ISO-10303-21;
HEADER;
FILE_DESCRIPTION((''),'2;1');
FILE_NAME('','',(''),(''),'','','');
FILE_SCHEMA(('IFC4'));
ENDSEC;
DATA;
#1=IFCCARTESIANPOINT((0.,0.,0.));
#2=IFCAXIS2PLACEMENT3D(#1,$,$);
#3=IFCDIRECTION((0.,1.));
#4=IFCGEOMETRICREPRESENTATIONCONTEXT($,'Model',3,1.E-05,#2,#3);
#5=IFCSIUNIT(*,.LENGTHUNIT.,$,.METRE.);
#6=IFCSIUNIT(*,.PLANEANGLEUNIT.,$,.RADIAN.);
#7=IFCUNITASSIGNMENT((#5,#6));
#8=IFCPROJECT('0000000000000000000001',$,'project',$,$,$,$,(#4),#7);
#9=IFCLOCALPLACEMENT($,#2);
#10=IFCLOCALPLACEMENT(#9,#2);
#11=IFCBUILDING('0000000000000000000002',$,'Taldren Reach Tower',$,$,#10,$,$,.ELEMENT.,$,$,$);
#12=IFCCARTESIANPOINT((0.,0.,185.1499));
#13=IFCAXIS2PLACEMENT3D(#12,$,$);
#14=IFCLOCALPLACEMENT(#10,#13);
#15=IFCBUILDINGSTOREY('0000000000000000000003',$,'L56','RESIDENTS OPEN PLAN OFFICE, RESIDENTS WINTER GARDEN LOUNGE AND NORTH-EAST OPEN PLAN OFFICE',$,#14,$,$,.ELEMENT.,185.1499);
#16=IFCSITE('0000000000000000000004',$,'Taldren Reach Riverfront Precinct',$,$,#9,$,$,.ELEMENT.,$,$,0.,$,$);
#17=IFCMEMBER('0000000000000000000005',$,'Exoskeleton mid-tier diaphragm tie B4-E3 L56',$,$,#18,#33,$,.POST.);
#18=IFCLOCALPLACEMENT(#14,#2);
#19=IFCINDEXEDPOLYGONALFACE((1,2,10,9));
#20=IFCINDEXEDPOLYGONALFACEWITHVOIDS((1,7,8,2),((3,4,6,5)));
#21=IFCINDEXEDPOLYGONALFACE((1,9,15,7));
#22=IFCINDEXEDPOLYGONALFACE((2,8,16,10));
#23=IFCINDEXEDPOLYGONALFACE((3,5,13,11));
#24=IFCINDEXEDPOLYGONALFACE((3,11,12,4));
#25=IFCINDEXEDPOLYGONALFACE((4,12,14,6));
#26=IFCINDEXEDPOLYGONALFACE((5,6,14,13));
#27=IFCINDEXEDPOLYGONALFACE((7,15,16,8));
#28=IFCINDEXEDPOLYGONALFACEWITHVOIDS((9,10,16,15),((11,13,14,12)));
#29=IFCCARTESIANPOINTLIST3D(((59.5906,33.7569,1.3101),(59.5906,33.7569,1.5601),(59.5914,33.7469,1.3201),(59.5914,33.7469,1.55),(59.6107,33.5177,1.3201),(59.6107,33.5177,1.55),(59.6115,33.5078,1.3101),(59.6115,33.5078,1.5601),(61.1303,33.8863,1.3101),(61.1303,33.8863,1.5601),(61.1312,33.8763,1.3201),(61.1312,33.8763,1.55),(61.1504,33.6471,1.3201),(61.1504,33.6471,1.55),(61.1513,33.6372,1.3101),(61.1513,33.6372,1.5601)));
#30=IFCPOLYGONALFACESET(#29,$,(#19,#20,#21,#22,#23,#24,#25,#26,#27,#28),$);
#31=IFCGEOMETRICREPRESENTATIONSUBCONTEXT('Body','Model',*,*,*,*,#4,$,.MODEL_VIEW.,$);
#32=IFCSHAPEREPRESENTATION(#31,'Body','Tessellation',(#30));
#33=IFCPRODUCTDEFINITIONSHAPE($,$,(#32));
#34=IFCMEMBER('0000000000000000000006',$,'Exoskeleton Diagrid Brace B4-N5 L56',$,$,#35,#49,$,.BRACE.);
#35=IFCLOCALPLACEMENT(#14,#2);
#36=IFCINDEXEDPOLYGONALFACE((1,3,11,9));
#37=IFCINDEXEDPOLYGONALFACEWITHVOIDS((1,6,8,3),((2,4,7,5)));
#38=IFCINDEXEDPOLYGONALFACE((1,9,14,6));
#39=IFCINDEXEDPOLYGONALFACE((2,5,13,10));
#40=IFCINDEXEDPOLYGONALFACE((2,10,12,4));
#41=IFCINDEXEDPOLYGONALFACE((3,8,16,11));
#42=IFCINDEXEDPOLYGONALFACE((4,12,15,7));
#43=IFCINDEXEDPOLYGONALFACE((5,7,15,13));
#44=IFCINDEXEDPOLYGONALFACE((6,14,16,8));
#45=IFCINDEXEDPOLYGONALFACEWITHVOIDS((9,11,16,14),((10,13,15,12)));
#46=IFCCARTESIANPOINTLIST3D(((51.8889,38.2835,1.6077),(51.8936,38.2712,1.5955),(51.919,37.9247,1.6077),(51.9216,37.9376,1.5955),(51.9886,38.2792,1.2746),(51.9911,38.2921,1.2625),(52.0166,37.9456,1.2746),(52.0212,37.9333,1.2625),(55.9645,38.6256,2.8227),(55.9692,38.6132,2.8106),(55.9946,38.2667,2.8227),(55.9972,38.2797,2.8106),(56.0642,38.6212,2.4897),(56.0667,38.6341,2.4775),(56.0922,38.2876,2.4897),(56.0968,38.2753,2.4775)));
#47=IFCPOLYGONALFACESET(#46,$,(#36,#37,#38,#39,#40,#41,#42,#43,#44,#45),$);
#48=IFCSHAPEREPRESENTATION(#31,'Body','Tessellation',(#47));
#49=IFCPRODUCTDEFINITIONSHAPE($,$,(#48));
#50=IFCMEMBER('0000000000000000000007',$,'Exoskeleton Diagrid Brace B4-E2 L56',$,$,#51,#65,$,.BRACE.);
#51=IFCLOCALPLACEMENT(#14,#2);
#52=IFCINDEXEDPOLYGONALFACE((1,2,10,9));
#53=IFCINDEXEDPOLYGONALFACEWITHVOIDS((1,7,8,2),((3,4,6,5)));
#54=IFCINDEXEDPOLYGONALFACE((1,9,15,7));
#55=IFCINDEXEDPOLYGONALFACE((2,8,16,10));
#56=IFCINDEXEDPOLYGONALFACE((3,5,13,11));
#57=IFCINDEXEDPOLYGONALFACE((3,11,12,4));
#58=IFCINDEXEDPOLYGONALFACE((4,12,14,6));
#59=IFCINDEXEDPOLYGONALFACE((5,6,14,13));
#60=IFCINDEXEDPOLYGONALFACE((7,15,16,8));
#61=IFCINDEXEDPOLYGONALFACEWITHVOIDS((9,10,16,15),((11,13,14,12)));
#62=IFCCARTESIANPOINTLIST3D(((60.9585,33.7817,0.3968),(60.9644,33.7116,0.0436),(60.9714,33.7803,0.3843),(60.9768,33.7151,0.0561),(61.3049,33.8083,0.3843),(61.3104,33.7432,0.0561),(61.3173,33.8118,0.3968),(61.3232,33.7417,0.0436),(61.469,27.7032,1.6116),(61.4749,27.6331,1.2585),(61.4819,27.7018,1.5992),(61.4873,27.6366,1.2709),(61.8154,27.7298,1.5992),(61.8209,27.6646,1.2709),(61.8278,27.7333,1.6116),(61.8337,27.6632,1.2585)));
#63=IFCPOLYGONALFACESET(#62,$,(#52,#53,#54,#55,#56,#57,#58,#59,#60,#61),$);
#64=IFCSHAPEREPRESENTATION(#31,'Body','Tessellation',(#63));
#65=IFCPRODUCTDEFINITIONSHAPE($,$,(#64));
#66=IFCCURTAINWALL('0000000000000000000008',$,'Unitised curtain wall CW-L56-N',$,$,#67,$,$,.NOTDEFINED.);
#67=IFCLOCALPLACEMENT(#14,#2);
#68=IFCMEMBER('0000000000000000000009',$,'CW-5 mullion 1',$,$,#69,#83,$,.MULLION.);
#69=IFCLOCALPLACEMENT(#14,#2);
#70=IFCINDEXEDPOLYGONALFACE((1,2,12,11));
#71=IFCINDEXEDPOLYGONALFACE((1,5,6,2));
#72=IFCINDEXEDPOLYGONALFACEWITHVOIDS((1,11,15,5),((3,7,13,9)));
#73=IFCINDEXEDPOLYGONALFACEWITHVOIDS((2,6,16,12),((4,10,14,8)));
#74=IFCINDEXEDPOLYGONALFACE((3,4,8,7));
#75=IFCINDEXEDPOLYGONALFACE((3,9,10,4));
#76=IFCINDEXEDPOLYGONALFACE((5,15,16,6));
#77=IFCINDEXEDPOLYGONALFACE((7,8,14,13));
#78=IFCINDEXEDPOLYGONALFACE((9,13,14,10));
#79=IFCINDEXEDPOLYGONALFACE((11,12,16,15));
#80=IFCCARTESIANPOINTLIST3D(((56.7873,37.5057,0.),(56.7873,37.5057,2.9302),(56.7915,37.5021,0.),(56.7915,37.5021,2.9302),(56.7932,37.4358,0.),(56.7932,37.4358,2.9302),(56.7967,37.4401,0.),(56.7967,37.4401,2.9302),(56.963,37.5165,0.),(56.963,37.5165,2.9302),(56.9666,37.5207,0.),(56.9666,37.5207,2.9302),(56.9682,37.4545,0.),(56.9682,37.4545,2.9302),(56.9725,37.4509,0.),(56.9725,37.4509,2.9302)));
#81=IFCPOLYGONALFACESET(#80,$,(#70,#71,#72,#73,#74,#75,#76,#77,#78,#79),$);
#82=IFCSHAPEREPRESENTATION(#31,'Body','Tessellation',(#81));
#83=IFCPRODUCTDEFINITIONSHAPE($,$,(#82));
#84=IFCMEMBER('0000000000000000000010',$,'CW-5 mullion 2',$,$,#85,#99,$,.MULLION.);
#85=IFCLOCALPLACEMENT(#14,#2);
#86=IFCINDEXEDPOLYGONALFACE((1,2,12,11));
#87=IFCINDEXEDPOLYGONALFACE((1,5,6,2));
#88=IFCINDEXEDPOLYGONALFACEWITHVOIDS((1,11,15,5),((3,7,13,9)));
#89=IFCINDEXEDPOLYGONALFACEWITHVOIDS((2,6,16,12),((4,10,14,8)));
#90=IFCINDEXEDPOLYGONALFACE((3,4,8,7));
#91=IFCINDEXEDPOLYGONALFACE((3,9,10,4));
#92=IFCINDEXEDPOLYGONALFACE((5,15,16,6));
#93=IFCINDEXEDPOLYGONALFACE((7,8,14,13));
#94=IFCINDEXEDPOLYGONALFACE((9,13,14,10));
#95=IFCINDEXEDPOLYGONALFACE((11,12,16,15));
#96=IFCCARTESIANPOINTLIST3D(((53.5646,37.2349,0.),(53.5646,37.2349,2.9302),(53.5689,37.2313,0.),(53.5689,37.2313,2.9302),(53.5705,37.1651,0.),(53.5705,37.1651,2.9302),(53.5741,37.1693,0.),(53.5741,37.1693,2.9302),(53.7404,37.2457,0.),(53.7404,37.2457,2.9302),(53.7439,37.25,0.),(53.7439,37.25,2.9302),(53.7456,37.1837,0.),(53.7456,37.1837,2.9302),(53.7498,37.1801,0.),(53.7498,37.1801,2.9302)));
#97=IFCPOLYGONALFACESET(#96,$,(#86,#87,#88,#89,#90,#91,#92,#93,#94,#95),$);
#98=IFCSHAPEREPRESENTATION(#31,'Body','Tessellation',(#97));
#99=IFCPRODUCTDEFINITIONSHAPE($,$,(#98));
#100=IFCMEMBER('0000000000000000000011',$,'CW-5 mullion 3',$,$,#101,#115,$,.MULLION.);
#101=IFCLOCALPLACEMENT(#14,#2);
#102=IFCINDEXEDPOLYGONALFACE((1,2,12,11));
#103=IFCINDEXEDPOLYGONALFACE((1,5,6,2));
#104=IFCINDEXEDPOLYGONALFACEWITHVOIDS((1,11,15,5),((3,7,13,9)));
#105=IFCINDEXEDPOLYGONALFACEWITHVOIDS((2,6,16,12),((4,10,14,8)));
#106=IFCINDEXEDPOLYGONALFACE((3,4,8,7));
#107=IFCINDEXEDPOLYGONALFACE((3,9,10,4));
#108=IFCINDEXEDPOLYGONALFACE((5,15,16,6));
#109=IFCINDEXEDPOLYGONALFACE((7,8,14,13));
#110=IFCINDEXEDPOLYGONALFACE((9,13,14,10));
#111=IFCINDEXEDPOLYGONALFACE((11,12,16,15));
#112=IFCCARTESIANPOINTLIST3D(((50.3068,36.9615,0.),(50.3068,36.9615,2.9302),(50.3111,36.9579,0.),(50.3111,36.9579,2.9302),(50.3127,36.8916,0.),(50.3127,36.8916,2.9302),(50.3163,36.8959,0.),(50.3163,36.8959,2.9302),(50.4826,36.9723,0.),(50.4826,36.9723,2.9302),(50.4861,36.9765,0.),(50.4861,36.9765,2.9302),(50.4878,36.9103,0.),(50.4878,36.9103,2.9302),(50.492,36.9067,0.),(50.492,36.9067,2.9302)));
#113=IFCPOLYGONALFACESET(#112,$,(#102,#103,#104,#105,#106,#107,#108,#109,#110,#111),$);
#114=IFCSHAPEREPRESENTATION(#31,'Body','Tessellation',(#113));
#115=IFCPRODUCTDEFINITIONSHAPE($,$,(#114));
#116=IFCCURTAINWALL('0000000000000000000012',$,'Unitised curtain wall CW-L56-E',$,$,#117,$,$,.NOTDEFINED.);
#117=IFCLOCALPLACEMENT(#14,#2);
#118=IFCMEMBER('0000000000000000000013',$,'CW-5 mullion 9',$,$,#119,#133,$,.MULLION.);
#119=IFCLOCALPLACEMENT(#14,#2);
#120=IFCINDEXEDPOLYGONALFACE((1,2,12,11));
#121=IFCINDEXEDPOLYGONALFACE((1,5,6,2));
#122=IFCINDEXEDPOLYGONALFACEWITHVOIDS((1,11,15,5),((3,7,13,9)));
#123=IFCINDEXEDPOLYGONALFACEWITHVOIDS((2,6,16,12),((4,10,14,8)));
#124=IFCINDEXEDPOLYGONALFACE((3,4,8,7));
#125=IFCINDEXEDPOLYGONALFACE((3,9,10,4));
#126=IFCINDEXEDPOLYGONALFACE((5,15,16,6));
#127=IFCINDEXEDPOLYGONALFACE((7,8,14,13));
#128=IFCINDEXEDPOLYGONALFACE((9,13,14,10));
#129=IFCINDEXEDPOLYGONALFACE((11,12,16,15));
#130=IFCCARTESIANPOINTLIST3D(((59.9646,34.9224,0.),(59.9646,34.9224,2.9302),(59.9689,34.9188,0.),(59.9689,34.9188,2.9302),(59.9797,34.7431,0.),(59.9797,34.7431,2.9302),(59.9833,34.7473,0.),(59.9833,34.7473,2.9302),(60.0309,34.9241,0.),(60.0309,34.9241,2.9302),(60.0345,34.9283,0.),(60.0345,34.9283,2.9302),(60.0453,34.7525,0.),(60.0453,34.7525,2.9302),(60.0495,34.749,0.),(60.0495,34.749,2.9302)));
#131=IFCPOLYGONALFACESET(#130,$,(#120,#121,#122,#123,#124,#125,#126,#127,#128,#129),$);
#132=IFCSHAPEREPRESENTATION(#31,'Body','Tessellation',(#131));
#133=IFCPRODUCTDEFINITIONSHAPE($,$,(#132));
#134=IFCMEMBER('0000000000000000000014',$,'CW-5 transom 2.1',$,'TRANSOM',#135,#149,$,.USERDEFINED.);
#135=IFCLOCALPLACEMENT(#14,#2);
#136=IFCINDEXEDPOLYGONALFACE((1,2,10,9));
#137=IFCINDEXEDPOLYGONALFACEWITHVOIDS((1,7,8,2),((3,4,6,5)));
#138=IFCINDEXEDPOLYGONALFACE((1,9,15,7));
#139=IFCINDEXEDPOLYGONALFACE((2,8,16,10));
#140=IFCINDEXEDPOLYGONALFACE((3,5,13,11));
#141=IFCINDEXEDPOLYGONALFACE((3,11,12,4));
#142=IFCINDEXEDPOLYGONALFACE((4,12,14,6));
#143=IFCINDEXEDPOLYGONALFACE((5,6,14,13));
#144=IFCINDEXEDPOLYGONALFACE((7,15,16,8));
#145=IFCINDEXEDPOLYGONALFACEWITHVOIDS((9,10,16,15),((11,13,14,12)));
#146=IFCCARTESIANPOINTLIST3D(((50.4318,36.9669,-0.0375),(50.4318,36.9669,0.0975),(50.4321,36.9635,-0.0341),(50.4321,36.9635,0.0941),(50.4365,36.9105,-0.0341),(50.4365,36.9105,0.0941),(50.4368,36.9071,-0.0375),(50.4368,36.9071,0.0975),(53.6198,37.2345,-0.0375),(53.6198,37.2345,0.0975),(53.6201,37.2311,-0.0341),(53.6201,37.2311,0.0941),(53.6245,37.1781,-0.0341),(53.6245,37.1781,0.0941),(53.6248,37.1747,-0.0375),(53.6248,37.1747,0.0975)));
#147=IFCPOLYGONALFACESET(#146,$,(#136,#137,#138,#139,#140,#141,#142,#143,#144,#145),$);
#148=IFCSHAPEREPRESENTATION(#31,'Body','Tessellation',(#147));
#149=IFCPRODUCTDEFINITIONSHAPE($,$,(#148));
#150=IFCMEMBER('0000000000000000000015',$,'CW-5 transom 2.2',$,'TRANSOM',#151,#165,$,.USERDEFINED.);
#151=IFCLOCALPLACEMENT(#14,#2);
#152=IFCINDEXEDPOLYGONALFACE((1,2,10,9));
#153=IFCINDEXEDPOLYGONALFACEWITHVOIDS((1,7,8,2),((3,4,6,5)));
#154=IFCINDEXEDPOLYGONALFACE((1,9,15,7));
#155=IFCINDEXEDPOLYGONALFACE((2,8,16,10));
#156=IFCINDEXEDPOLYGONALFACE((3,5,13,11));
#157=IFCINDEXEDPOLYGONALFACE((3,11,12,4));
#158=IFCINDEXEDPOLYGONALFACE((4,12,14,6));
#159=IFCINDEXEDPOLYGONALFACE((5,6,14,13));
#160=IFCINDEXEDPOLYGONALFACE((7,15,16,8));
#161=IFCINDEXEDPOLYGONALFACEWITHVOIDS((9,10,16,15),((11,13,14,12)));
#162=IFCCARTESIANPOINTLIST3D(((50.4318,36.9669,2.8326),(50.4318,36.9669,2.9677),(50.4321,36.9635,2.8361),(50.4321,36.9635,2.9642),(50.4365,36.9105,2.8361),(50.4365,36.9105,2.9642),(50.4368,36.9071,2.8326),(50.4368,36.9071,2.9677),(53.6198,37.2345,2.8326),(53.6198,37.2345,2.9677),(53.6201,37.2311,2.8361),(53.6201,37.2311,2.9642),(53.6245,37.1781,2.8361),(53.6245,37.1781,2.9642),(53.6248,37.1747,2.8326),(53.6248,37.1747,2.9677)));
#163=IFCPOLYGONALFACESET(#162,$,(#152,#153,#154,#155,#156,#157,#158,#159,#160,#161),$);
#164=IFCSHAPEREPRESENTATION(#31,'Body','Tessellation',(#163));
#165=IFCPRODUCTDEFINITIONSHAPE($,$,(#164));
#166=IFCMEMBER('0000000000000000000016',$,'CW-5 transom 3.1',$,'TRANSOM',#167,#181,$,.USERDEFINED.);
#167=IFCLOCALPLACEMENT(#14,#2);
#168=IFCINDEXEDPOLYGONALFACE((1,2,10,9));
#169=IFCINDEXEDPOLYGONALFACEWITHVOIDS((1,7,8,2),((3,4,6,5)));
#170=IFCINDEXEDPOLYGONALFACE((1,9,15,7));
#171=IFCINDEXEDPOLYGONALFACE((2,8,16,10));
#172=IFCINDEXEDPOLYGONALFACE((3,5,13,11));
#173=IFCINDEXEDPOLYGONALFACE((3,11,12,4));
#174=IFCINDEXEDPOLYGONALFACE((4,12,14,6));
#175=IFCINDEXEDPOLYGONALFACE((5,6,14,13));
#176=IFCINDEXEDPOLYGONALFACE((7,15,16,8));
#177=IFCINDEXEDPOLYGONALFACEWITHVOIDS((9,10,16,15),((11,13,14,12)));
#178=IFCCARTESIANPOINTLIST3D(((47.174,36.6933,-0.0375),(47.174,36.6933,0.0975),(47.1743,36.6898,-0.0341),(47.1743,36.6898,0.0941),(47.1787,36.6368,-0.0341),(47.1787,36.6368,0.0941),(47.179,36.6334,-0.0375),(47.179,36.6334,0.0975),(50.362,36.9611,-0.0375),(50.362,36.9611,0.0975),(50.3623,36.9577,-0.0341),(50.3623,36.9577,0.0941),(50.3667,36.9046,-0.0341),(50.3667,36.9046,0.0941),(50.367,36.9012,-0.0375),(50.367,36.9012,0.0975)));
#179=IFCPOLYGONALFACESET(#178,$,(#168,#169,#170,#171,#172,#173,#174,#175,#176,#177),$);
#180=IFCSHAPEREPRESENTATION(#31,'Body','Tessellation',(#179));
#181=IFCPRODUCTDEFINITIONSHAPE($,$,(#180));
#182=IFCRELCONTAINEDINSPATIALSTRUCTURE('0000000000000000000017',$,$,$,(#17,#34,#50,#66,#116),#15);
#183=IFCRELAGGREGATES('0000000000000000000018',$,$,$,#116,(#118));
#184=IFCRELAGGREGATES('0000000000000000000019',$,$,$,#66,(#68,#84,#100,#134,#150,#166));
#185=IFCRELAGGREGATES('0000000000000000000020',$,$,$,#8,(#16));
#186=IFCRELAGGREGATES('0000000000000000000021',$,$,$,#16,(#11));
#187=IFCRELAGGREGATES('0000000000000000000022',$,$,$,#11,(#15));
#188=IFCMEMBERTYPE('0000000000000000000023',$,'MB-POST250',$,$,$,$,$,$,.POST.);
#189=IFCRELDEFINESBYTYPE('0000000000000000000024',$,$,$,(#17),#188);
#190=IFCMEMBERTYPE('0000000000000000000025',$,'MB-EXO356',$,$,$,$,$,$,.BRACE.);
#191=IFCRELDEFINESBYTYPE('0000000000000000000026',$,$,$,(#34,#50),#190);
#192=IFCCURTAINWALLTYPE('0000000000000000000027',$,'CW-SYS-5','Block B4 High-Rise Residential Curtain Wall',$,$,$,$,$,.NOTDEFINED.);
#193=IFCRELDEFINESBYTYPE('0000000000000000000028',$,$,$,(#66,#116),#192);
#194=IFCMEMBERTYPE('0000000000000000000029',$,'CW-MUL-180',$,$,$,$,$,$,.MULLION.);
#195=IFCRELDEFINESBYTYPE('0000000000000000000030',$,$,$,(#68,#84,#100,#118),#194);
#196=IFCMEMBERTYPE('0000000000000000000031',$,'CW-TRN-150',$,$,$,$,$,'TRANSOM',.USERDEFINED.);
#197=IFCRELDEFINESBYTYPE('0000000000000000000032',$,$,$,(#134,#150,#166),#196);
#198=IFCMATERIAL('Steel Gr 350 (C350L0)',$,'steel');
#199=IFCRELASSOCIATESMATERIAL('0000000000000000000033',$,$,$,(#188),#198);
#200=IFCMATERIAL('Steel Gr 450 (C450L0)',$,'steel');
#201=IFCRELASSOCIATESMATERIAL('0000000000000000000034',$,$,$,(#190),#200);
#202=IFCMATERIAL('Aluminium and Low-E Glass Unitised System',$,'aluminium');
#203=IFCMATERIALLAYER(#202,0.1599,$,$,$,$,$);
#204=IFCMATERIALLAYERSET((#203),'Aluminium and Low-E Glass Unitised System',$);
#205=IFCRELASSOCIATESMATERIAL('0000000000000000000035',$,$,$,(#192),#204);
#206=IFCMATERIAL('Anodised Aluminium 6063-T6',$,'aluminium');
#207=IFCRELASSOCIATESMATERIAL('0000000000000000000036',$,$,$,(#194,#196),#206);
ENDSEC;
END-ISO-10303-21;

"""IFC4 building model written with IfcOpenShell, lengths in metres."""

from ifc_helpers import new_model, si_unit, direction, frame, origin, origin_2d, place, context, subcontext, project, spatial, hollow_rectangle, extrude, source, transform, mapped, material, layer, layer_set, material_profile, profile_set, type_object, element, aggregate, save


model = new_model("IFC4")

# Units and contexts
model_context = context("Model", 3, precision=1e-05, world=origin(), true_north=direction((0.0, 1.0)))
body_context = subcontext(model_context, "Body", "Model", "MODEL_VIEW")
ifc_project = project(units=[si_unit("LENGTHUNIT", "METRE"), si_unit("PLANEANGLEUNIT", "RADIAN")], contexts=[model_context])

# Site, building, storey
site_placement = place(None, origin())
site = spatial("IfcSite", under=ifc_project, at=site_placement, Name="Taldren Reach Riverfront Precinct", CompositionType="ELEMENT", RefElevation=0.0)
building_placement = place(site_placement, origin())
building = spatial("IfcBuilding", under=site, at=building_placement, Name="Taldren Reach Tower", CompositionType="ELEMENT")
storey_placement = place(building_placement, frame((0.0, 0.0, 185.1499)))
storey = spatial("IfcBuildingStorey", under=building, at=storey_placement, Name="L56", Description="RESIDENTS OPEN PLAN OFFICE, RESIDENTS WINTER GARDEN LOUNGE AND NORTH-EAST OPEN PLAN OFFICE", CompositionType="ELEMENT", Elevation=185.1499)

# Shared definitions
ifc_material_1 = material(Name="Steel Gr 350 (C350L0)", Category="steel")

# Shared definitions
ifc_material_profile_1 = material_profile(ifc_material_1, hollow_rectangle(XDim=0.25, YDim=0.25, WallThickness=0.01, at=origin_2d()), Name="250x250x10.0SHS")
ifc_profile_set_1 = profile_set([ifc_material_profile_1], Name="Steel Gr 350 (C350L0)")
member_type_1 = type_object("IfcMemberType", Name="MB-POST250", PredefinedType="POST", material=ifc_profile_set_1)

# Members
ifc_material_2 = material(Name="Steel Gr 450 (C450L0)", Category="steel")
shared_shape_1 = source(origin(), body_context, "Body", "SweptSolid", [
    extrude(hollow_rectangle(XDim=0.25, YDim=0.25, WallThickness=0.01, at=origin_2d()), origin(), (0.0, 0.0, 1.0), 1.5452),
])
for number, where, z_axis, x_axis, name in (
    (1, (59.6011, 33.6323, 1.4351), (0.996488, 0.083738, 0.0), (-0.083738, 0.996488, 0.0), "Exoskeleton mid-tier diaphragm tie B4-E3 L56"),
):
    element("IfcMember", number, at=place(storey_placement, frame(where, z_axis=z_axis, x_axis=x_axis)), inside=storey, type_object=member_type_1, Name=name, PredefinedType="POST", context=body_context, shape_type="MappedRepresentation", body=[
        mapped(shared_shape_1, transform((0.0, 0.0, 0.0), scale=1.0)),
    ])
ifc_material_profile_2 = material_profile(ifc_material_2, hollow_rectangle(XDim=0.3601, YDim=0.3601, WallThickness=0.0127, at=origin_2d()), Name="360x360x12.7SHS")
ifc_profile_set_2 = profile_set([ifc_material_profile_2], Name="Steel Gr 450 (C450L0)")
member_type_2 = type_object("IfcMemberType", Name="MB-EXO356", PredefinedType="BRACE", material=ifc_profile_set_2)
shared_shape_2 = source(origin(), body_context, "Body", "SweptSolid", [
    extrude(hollow_rectangle(XDim=0.3601, YDim=0.3601, WallThickness=0.0127, at=origin_2d()), origin(), (0.0, 0.0, 1.0), 4.2666),
])
member_1_placement = place(storey_placement, frame((51.9551, 38.1084, 1.4351), z_axis=(0.955234, 0.080165, 0.284785), x_axis=(-0.083628, 0.996497, 0.0)))
element("IfcMember", 2, at=member_1_placement, inside=storey, type_object=member_type_2, Name="Exoskeleton Diagrid Brace B4-N5 L56", PredefinedType="BRACE", context=body_context, shape_type="MappedRepresentation", body=[
    mapped(shared_shape_2, transform((0.0, 0.0, 0.0), scale=1.0)),
])
shared_shape_3 = source(origin(), body_context, "Body", "SweptSolid", [
    extrude(hollow_rectangle(XDim=0.3601, YDim=0.3601, WallThickness=0.0127, at=origin_2d()), origin(), (0.0, 0.0, 1.0), 6.2197),
])
member_2_placement = place(storey_placement, frame((61.1409, 33.7617, 0.2202), z_axis=(0.082076, -0.977299, 0.195319), x_axis=(0.996492, 0.083688, 0.0)))
element("IfcMember", 3, at=member_2_placement, inside=storey, type_object=member_type_2, Name="Exoskeleton Diagrid Brace B4-E2 L56", PredefinedType="BRACE", context=body_context, shape_type="MappedRepresentation", body=[
    mapped(shared_shape_3, transform((0.0, 0.0, 0.0), scale=1.0)),
])

# Curtain wall, members
ifc_material_3 = material(Name="Aluminium and Low-E Glass Unitised System", Category="aluminium")
ifc_layer_1 = layer(ifc_material_3, 0.1599)
ifc_layer_set_1 = layer_set([ifc_layer_1], Name="Aluminium and Low-E Glass Unitised System")
curtain_wall_type = type_object("IfcCurtainWallType", Name="CW-SYS-5", Description="Block B4 High-Rise Residential Curtain Wall", PredefinedType="NOTDEFINED", material=ifc_layer_set_1)
curtain_wall_1_placement = place(storey_placement, origin())
curtain_wall_1 = element("IfcCurtainWall", 4, at=curtain_wall_1_placement, inside=storey, type_object=curtain_wall_type, Name="Unitised curtain wall CW-L56-N", PredefinedType="NOTDEFINED")
ifc_material_4 = material(Name="Anodised Aluminium 6063-T6", Category="aluminium")
ifc_material_profile_3 = material_profile(ifc_material_4, hollow_rectangle(XDim=0.0701, YDim=0.1799, WallThickness=0.0039, at=origin_2d()), Name="ALU-180x70x4RHS")
ifc_profile_set_3 = profile_set([ifc_material_profile_3], Name="Anodised Aluminium 6063-T6")
member_type_3 = type_object("IfcMemberType", Name="CW-MUL-180", PredefinedType="MULLION", material=ifc_profile_set_3)
shared_shape_4 = source(origin(), body_context, "Body", "SweptSolid", [
    extrude(hollow_rectangle(XDim=0.0701, YDim=0.1799, WallThickness=0.0039, at=origin_2d()), origin(), (0.0, 0.0, 1.0), 2.9302),
])
member_3_placement = place(storey_placement, frame((56.8799, 37.4783, 0.0), z_axis=(0.0, 0.0, 1.0), x_axis=(0.083678, -0.996493, 0.0)))
member_3 = element("IfcMember", 5, at=member_3_placement, type_object=member_type_3, Name="CW-5 mullion 1", PredefinedType="MULLION", context=body_context, shape_type="MappedRepresentation", body=[
    mapped(shared_shape_4, transform((0.0, 0.0, 0.0), scale=1.0)),
])
member_4_placement = place(storey_placement, frame((53.6572, 37.2075, 0.0), z_axis=(0.0, 0.0, 1.0), x_axis=(0.083678, -0.996493, 0.0)))
member_4 = element("IfcMember", 6, at=member_4_placement, type_object=member_type_3, Name="CW-5 mullion 2", PredefinedType="MULLION", context=body_context, shape_type="MappedRepresentation", body=[
    mapped(shared_shape_4, transform((0.0, 0.0, 0.0), scale=1.0)),
])
member_5_placement = place(storey_placement, frame((50.3994, 36.9341, 0.0), z_axis=(0.0, 0.0, 1.0), x_axis=(0.083678, -0.996493, 0.0)))
member_5 = element("IfcMember", 7, at=member_5_placement, type_object=member_type_3, Name="CW-5 mullion 3", PredefinedType="MULLION", context=body_context, shape_type="MappedRepresentation", body=[
    mapped(shared_shape_4, transform((0.0, 0.0, 0.0), scale=1.0)),
])

# Curtain wall, member
curtain_wall_2_placement = place(storey_placement, origin())
curtain_wall_2 = element("IfcCurtainWall", 8, at=curtain_wall_2_placement, inside=storey, type_object=curtain_wall_type, Name="Unitised curtain wall CW-L56-E", PredefinedType="NOTDEFINED")
member_6_placement = place(storey_placement, frame((60.0071, 34.8357, 0.0), z_axis=(0.0, 0.0, 1.0), x_axis=(-0.996493, -0.083678, 0.0)))
member_6 = element("IfcMember", 9, at=member_6_placement, type_object=member_type_3, Name="CW-5 mullion 9", PredefinedType="MULLION", context=body_context, shape_type="MappedRepresentation", body=[
    mapped(shared_shape_4, transform((0.0, 0.0, 0.0), scale=1.0)),
])
aggregate(curtain_wall_2, [member_6])

# Members
ifc_material_profile_4 = material_profile(ifc_material_4, hollow_rectangle(XDim=0.0601, YDim=0.135, WallThickness=0.0034, at=origin_2d()), Name="ALU-135x60x3.5RHS")
ifc_profile_set_4 = profile_set([ifc_material_profile_4], Name="Anodised Aluminium 6063-T6")
member_type_4 = type_object("IfcMemberType", Name="CW-TRN-150", ElementType="TRANSOM", PredefinedType="USERDEFINED", material=ifc_profile_set_4)
shared_shape_5 = source(origin(), body_context, "Body", "SweptSolid", [
    extrude(hollow_rectangle(XDim=0.0601, YDim=0.135, WallThickness=0.0034, at=origin_2d()), origin(), (0.0, 0.0, 1.0), 3.1992),
])
member_7_placement = place(storey_placement, frame((53.6223, 37.2046, 0.03), z_axis=(-0.996496, -0.083639, 0.0), x_axis=(0.083639, -0.996496, 0.0)))
member_7 = element("IfcMember", 10, at=member_7_placement, type_object=member_type_4, Name="CW-5 transom 2.1", ObjectType="TRANSOM", PredefinedType="USERDEFINED", context=body_context, shape_type="MappedRepresentation", body=[
    mapped(shared_shape_5, transform((0.0, 0.0, 0.0), scale=1.0)),
])
member_8_placement = place(storey_placement, frame((53.6223, 37.2046, 2.9001), z_axis=(-0.996496, -0.083639, 0.0), x_axis=(0.083639, -0.996496, 0.0)))
member_8 = element("IfcMember", 11, at=member_8_placement, type_object=member_type_4, Name="CW-5 transom 2.2", ObjectType="TRANSOM", PredefinedType="USERDEFINED", context=body_context, shape_type="MappedRepresentation", body=[
    mapped(shared_shape_5, transform((0.0, 0.0, 0.0), scale=1.0)),
])
member_9_placement = place(storey_placement, frame((50.3645, 36.9312, 0.03), z_axis=(-0.99649, -0.083715, 0.0), x_axis=(0.083715, -0.99649, 0.0)))
member_9 = element("IfcMember", 12, at=member_9_placement, type_object=member_type_4, Name="CW-5 transom 3.1", ObjectType="TRANSOM", PredefinedType="USERDEFINED", context=body_context, shape_type="MappedRepresentation", body=[
    mapped(shared_shape_5, transform((0.0, 0.0, 0.0), scale=1.0)),
])

aggregate(curtain_wall_1, [member_3, member_4, member_5, member_7, member_8, member_9])

save(model, "model.ifc")
